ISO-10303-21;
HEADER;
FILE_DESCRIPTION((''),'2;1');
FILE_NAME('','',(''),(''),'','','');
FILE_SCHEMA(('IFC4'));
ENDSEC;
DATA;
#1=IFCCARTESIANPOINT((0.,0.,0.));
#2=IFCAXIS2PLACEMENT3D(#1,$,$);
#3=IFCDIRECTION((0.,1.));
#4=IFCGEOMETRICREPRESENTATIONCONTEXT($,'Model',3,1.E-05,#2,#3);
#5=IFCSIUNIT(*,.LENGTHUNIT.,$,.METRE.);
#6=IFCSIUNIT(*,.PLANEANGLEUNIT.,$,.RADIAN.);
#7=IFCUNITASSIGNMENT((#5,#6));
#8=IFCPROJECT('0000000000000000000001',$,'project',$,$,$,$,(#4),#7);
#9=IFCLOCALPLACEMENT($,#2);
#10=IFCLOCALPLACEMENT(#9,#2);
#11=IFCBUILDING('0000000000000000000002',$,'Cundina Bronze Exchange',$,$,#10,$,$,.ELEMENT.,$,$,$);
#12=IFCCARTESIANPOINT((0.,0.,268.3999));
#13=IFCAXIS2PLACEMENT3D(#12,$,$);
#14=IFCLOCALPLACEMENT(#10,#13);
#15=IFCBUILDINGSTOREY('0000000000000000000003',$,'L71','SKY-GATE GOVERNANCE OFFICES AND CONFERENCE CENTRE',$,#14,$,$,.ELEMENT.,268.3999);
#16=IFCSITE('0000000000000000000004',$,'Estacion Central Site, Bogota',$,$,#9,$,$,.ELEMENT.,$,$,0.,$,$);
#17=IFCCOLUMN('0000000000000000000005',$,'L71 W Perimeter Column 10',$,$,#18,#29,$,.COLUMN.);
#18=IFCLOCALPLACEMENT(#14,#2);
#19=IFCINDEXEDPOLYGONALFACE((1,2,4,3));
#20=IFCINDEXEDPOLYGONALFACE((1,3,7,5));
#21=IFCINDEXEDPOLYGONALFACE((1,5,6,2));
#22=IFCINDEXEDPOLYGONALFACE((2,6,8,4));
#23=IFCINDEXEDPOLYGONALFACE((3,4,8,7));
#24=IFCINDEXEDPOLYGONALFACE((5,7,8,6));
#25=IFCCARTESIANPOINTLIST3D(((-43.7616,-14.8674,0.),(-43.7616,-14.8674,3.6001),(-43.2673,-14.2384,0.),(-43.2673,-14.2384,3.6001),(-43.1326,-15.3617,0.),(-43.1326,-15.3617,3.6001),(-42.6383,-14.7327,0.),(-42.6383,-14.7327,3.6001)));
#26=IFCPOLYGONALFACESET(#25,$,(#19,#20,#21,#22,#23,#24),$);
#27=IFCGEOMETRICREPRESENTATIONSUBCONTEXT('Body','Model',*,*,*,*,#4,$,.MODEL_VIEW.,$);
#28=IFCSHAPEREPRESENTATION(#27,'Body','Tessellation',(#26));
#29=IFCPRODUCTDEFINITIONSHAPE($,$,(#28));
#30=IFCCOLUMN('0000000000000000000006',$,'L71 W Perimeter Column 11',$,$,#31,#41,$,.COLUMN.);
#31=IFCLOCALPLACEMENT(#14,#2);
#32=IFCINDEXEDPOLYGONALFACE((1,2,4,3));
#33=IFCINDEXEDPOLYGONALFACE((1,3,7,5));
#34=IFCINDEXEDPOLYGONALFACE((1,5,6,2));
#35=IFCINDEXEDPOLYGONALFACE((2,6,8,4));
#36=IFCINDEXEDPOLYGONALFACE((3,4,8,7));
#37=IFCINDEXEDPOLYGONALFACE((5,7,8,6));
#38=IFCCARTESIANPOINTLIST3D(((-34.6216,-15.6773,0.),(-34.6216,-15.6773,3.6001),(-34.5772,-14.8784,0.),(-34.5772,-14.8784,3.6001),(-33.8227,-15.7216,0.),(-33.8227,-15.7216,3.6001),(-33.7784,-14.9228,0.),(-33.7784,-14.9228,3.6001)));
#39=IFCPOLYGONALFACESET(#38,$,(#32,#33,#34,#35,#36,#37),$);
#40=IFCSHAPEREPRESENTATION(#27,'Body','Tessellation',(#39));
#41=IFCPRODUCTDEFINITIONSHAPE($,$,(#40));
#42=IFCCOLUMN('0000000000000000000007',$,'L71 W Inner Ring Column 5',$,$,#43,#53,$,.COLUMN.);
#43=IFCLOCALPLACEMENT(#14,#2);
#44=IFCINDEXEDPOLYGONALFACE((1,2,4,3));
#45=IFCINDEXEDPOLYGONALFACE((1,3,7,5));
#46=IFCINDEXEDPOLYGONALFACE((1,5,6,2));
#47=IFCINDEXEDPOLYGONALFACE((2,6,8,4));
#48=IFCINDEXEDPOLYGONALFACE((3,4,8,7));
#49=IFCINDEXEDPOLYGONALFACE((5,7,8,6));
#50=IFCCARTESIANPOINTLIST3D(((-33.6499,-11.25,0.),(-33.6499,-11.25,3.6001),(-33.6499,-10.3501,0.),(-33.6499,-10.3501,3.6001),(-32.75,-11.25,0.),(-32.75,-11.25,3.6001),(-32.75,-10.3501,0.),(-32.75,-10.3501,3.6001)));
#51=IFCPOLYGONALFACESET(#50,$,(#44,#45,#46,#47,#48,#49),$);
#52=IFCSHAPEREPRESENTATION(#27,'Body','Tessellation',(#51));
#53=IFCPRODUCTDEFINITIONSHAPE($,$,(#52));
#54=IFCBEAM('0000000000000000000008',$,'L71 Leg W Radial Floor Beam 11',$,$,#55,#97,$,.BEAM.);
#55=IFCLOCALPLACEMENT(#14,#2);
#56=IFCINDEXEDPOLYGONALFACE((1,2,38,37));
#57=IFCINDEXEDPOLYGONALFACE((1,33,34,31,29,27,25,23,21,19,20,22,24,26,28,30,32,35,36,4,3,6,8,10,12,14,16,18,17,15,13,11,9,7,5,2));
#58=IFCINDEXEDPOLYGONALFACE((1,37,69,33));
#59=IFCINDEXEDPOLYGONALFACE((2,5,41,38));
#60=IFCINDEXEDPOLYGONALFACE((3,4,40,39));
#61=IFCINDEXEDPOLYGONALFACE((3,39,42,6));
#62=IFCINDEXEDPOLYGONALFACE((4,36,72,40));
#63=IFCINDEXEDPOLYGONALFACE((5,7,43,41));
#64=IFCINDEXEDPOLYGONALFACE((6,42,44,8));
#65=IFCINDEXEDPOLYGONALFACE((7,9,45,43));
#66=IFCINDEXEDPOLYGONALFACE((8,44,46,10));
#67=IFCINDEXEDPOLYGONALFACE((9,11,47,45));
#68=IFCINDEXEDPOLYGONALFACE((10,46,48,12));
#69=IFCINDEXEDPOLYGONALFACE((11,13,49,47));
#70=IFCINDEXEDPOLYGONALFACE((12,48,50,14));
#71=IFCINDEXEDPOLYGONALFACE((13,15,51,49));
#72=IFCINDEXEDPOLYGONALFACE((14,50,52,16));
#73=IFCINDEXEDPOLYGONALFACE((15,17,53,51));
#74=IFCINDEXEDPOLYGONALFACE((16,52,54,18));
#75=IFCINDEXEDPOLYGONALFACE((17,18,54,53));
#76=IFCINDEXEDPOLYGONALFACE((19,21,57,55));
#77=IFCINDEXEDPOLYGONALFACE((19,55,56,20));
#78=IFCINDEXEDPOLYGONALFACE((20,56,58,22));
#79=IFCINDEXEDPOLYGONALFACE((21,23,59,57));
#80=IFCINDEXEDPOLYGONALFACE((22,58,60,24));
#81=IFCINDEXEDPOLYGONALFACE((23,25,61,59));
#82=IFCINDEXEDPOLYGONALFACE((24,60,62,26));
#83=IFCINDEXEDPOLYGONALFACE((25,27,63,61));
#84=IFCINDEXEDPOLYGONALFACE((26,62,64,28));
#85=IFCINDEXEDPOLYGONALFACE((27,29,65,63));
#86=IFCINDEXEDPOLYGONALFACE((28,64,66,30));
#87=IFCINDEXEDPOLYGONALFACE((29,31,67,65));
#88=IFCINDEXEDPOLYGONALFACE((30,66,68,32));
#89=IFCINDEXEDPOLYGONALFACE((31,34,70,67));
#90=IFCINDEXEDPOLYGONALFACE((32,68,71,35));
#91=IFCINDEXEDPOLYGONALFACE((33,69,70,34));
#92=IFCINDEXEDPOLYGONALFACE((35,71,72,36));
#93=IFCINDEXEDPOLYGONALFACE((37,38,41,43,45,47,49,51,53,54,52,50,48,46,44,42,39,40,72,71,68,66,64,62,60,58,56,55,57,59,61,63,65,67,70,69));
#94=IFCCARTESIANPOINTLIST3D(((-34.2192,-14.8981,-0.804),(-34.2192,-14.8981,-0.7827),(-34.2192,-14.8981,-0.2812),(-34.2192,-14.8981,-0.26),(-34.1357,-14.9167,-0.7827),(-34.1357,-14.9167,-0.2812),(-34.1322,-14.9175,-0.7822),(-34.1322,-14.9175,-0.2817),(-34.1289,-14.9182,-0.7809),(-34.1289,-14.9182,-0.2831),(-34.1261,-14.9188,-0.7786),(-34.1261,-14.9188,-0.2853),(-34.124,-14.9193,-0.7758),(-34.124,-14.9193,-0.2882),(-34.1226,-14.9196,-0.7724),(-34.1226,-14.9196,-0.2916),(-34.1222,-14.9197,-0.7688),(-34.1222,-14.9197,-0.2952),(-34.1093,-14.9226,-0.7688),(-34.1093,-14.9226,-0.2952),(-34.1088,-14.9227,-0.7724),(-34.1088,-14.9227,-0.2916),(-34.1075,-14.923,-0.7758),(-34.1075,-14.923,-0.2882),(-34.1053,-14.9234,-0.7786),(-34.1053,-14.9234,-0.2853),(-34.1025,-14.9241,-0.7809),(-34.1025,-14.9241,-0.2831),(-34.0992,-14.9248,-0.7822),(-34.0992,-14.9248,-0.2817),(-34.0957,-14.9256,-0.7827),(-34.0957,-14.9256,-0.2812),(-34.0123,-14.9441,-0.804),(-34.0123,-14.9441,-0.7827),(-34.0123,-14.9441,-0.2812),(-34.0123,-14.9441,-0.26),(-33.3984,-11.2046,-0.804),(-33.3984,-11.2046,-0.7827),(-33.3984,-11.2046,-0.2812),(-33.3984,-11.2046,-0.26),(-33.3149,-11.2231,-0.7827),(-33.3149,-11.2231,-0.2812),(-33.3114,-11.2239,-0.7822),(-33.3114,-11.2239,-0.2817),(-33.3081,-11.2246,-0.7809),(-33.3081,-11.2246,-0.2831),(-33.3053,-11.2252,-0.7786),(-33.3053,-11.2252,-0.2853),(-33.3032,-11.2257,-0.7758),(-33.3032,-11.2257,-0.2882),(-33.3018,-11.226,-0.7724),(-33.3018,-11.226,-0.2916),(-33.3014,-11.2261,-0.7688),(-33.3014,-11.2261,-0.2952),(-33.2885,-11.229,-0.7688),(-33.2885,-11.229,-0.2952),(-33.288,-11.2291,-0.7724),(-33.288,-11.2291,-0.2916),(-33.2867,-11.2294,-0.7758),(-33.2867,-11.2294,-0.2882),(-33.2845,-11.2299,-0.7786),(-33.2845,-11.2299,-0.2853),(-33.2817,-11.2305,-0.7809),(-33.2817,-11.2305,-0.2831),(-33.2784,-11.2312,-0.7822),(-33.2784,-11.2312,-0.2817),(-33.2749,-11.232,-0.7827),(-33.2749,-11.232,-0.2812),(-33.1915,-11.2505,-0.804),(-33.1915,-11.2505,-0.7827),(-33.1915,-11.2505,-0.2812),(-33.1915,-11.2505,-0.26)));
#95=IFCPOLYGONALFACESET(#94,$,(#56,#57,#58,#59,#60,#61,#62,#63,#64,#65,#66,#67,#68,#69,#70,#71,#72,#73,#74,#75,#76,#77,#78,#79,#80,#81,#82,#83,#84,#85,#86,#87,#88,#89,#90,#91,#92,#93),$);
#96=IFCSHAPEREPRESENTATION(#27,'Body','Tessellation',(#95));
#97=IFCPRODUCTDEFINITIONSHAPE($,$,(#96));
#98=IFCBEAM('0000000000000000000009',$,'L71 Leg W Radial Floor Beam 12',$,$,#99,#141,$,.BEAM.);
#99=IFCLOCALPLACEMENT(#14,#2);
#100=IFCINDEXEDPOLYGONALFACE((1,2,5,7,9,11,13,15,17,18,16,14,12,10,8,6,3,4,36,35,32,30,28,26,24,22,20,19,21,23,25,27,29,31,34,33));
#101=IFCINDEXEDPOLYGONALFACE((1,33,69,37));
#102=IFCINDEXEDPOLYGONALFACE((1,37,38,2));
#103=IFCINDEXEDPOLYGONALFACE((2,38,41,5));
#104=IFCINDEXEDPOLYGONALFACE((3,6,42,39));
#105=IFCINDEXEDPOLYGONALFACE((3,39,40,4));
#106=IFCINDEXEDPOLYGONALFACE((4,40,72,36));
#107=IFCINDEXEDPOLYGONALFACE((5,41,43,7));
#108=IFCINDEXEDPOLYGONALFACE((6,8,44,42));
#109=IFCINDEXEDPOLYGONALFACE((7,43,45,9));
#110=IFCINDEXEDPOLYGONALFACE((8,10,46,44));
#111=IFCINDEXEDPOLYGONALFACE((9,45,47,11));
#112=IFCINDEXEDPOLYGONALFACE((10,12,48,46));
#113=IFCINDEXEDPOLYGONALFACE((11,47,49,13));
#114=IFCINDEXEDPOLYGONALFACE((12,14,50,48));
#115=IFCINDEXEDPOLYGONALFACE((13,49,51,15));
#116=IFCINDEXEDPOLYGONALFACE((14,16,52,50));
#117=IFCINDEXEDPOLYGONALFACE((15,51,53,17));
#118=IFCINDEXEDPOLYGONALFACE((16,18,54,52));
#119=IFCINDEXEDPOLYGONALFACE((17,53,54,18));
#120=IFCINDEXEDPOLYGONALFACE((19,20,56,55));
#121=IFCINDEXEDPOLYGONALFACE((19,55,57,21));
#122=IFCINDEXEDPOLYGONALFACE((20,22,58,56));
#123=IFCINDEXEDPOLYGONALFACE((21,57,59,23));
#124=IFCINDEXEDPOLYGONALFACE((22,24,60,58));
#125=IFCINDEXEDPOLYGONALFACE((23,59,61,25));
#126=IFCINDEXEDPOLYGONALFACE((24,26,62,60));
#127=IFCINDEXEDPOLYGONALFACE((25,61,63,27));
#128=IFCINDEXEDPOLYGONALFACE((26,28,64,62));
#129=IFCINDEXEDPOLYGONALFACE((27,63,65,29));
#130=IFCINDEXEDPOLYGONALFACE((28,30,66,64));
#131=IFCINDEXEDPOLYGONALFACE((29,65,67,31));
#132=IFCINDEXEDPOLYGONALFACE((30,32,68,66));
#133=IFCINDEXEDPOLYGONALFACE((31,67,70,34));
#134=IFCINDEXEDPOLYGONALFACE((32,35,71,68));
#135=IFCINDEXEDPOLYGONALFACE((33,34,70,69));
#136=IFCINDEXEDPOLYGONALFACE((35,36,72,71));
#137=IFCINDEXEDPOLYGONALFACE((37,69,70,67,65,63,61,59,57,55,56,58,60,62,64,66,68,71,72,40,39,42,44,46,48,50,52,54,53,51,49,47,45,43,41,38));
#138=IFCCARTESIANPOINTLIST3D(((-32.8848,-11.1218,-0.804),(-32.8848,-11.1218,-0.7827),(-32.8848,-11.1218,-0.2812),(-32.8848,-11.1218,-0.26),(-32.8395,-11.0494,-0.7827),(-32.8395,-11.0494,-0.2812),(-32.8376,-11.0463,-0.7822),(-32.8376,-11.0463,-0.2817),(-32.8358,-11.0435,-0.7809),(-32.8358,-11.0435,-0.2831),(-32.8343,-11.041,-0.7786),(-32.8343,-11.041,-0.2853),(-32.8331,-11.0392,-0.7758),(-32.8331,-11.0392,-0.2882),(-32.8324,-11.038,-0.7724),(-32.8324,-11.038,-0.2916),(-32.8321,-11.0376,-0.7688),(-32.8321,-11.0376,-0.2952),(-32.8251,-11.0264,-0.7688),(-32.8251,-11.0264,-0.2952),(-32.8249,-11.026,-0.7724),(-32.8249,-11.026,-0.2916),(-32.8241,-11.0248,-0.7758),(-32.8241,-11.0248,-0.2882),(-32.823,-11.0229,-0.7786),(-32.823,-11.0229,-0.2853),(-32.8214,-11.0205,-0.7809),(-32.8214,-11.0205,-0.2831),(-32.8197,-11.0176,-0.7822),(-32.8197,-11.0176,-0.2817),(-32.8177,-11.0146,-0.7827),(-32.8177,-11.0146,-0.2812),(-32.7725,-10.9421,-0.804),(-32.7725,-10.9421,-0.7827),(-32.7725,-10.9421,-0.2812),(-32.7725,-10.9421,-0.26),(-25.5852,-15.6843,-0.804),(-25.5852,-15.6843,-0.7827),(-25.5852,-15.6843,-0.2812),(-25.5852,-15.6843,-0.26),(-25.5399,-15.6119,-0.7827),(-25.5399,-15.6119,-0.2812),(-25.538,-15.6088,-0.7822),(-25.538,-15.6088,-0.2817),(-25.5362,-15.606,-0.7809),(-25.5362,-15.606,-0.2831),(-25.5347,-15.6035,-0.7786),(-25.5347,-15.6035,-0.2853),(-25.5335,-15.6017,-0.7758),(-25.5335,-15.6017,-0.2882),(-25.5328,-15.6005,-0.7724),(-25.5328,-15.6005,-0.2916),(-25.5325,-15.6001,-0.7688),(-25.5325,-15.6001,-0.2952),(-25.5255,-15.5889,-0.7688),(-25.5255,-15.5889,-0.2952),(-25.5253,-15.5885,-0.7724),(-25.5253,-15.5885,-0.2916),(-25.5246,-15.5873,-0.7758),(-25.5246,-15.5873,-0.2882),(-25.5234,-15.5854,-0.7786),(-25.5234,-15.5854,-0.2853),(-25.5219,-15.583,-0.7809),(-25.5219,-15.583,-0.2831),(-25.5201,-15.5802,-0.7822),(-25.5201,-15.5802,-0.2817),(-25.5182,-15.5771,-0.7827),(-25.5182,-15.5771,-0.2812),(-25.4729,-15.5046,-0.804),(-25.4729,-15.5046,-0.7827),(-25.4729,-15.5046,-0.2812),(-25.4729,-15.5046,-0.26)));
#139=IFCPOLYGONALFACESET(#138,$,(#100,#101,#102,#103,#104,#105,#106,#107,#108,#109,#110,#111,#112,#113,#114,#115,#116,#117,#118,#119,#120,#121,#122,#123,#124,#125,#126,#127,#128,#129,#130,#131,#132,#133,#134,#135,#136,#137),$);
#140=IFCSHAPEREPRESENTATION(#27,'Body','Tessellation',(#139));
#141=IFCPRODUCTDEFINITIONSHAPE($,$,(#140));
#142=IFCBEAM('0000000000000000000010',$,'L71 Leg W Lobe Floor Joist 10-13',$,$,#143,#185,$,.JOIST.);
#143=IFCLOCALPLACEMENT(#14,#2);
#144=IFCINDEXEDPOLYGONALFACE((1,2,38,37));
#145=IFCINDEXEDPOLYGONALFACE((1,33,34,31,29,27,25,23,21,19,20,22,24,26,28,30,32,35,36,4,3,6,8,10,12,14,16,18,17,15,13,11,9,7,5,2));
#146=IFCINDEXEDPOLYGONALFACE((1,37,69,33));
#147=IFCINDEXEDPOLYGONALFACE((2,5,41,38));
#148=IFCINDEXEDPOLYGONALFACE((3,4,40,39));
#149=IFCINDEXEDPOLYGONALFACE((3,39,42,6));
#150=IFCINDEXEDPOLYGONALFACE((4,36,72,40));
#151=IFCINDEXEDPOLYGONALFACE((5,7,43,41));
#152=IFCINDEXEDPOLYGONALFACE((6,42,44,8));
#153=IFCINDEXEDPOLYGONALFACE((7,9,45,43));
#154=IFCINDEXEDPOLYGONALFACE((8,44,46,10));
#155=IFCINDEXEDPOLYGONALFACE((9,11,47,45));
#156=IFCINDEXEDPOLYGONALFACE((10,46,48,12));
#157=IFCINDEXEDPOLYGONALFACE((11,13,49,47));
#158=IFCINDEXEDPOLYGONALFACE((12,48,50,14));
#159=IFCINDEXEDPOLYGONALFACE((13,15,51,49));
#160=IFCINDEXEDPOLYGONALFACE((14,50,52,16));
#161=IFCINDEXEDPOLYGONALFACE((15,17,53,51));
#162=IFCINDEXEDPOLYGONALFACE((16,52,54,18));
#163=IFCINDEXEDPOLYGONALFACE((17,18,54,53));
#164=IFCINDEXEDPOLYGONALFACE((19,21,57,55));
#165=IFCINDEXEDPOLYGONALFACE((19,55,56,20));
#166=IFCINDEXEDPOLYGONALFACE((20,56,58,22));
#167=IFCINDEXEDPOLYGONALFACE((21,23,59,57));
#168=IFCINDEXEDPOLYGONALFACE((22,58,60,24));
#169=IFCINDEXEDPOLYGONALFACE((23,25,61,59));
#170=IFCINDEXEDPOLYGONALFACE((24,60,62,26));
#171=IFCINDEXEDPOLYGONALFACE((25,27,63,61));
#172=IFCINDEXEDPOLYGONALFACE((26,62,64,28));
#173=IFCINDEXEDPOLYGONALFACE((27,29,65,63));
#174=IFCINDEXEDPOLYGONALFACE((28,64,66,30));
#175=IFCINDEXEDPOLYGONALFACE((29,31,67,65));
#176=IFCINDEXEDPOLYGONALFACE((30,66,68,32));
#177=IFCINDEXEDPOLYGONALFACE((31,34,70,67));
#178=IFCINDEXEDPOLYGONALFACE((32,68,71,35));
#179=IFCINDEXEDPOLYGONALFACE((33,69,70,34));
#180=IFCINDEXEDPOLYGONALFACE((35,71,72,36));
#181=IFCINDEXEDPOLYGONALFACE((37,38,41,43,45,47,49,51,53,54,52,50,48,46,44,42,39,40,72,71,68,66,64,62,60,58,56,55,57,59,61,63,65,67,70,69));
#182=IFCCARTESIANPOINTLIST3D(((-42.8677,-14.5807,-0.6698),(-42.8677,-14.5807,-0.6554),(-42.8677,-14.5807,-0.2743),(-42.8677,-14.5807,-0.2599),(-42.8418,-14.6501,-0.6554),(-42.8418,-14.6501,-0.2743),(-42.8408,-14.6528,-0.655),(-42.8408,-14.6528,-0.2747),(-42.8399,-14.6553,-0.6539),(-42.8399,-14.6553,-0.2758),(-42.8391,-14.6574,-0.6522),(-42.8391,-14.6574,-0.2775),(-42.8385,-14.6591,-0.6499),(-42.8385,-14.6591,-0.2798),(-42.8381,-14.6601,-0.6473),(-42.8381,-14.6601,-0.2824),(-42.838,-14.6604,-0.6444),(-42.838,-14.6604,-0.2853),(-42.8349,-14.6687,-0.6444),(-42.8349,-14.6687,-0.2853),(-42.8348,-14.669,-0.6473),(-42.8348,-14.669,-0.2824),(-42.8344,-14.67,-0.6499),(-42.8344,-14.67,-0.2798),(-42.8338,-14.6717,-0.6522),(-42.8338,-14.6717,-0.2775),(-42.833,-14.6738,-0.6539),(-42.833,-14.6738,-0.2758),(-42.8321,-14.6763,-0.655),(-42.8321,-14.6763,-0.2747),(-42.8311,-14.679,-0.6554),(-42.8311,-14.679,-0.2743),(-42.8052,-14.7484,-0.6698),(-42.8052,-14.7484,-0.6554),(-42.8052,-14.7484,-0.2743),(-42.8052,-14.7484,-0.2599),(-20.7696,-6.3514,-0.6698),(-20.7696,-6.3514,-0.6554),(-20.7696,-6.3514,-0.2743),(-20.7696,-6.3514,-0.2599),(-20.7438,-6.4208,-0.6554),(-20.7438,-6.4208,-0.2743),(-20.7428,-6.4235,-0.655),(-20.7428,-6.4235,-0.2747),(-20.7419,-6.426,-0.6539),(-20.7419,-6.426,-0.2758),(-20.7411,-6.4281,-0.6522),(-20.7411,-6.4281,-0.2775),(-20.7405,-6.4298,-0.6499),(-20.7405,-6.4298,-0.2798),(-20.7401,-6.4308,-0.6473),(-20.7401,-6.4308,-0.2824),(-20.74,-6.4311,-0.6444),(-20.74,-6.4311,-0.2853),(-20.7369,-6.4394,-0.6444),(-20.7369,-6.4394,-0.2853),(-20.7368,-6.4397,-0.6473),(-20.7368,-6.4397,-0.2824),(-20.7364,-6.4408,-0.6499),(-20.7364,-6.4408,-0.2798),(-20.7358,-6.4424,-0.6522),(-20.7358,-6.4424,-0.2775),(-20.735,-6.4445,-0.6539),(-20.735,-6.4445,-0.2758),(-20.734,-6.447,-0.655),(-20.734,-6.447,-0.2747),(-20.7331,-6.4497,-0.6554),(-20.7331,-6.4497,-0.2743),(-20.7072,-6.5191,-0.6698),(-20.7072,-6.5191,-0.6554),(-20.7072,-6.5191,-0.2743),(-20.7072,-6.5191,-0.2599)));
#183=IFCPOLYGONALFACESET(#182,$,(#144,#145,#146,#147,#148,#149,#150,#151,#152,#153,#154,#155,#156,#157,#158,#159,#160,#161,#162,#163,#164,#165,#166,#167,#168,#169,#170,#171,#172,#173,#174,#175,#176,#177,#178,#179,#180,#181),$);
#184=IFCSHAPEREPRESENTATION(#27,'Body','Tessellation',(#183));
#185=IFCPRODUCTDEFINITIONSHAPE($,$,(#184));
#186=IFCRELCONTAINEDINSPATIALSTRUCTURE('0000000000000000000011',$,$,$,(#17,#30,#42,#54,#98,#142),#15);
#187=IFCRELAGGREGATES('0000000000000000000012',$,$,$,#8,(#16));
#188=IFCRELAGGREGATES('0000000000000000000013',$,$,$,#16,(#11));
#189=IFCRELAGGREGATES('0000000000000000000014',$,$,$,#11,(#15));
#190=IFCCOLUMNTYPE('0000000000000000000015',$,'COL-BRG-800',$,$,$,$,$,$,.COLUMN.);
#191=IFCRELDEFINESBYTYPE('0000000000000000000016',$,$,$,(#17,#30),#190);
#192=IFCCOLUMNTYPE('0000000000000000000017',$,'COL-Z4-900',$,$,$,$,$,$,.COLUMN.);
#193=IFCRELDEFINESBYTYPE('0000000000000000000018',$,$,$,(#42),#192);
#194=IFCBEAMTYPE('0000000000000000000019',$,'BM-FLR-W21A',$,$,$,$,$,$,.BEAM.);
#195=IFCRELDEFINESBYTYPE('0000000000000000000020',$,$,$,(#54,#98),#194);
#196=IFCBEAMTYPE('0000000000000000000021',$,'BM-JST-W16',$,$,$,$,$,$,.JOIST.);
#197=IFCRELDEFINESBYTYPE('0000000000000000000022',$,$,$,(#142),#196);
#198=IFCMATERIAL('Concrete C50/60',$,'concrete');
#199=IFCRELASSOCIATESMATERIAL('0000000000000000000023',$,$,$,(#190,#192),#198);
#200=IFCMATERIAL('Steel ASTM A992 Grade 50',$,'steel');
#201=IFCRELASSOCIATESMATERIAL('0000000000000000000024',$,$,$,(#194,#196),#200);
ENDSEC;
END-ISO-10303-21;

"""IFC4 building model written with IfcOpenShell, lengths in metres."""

from ifc_helpers import new_model, si_unit, direction, frame, origin, origin_2d, place, context, subcontext, project, spatial, rectangle, i_section, extrude, material, material_profile, profile_set, type_object, element, save


model = new_model("IFC4")

# Units and contexts
model_context = context("Model", 3, precision=1e-05, world=origin(), true_north=direction((0.0, 1.0)))
body_context = subcontext(model_context, "Body", "Model", "MODEL_VIEW")
ifc_project = project(units=[si_unit("LENGTHUNIT", "METRE"), si_unit("PLANEANGLEUNIT", "RADIAN")], contexts=[model_context])

# Site, building, storey
site_placement = place(None, origin())
site = spatial("IfcSite", under=ifc_project, at=site_placement, Name="Estacion Central Site, Bogota", CompositionType="ELEMENT", RefElevation=0.0)
building_placement = place(site_placement, origin())
building = spatial("IfcBuilding", under=site, at=building_placement, Name="Cundina Bronze Exchange", CompositionType="ELEMENT")
storey_placement = place(building_placement, frame((0.0, 0.0, 268.3999)))
storey = spatial("IfcBuildingStorey", under=building, at=storey_placement, Name="L71", Description="SKY-GATE GOVERNANCE OFFICES AND CONFERENCE CENTRE", CompositionType="ELEMENT", Elevation=268.3999)

# Columns
ifc_material_1 = material(Name="Concrete C50/60", Category="concrete")
ifc_material_profile_1 = material_profile(ifc_material_1, rectangle(XDim=0.8, YDim=0.8, at=origin_2d()), Name="RC800X800", Category="concrete")
ifc_profile_set_1 = profile_set([ifc_material_profile_1], Name="Concrete C50/60")
column_type_1 = type_object("IfcColumnType", Name="COL-BRG-800", PredefinedType="COLUMN", material=ifc_profile_set_1)
for number, where, z_axis, x_axis, name in (
    (1, (-43.2, -14.8, 0.0), (0.0, 0.0, 1.0), (0.786288, -0.61786, 0.0), "L71 W Perimeter Column 10"),
    (2, (-34.2, -15.3, 0.0), (0.0, 0.0, 1.0), (0.99846, -0.055473, 0.0), "L71 W Perimeter Column 11"),
):
    element("IfcColumn", number, at=place(storey_placement, frame(where, z_axis=z_axis, x_axis=x_axis)), inside=storey, type_object=column_type_1, Name=name, PredefinedType="COLUMN", context=body_context, shape_type="SweptSolid", body=[
        extrude(rectangle(XDim=0.8, YDim=0.8, at=origin_2d()), origin(), (0.0, 0.0, 1.0), 3.6001),
    ])
ifc_material_profile_2 = material_profile(ifc_material_1, rectangle(XDim=0.8999, YDim=0.8999, at=origin_2d()), Name="RC900X900", Category="concrete")
ifc_profile_set_2 = profile_set([ifc_material_profile_2], Name="Concrete C50/60")
column_type_2 = type_object("IfcColumnType", Name="COL-Z4-900", PredefinedType="COLUMN", material=ifc_profile_set_2)
column_placement = place(storey_placement, frame((-33.2, -10.8, 0.0), z_axis=(0.0, 0.0, 1.0), x_axis=(1.0, 0.0, 0.0)))
element("IfcColumn", 3, at=column_placement, inside=storey, type_object=column_type_2, Name="L71 W Inner Ring Column 5", PredefinedType="COLUMN", context=body_context, shape_type="SweptSolid", body=[
    extrude(rectangle(XDim=0.8999, YDim=0.8999, at=origin_2d()), origin(), (0.0, 0.0, 1.0), 3.6001),
])

# Beams
ifc_material_2 = material(Name="Steel ASTM A992 Grade 50", Category="steel")
ifc_material_profile_3 = material_profile(ifc_material_2, i_section(OverallWidth=0.2119, OverallDepth=0.5439, WebThickness=0.0132, FlangeThickness=0.0212, FilletRadius=0.0139, at=origin_2d()), Name="W21X83", Category="steel")
ifc_profile_set_3 = profile_set([ifc_material_profile_3], Name="Steel ASTM A992 Grade 50")
beam_type_1 = type_object("IfcBeamType", Name="BM-FLR-W21A", PredefinedType="BEAM", material=ifc_profile_set_3)
beam_1_placement = place(storey_placement, frame((-33.2949, -11.2275, -0.532), z_axis=(-0.21693, -0.976187, 0.0), x_axis=(0.976187, -0.21693, 0.0)))
element("IfcBeam", 4, at=beam_1_placement, inside=storey, type_object=beam_type_1, Name="L71 Leg W Radial Floor Beam 11", PredefinedType="BEAM", context=body_context, shape_type="SweptSolid", body=[
    extrude(i_section(OverallWidth=0.2119, OverallDepth=0.5439, WebThickness=0.0132, FlangeThickness=0.0212, FilletRadius=0.0139, at=origin_2d()), origin(), (0.0, 0.0, 1.0), 3.7837),
])
beam_2_placement = place(storey_placement, frame((-32.8286, -11.032, -0.532), z_axis=(0.847984, -0.530022, 0.0), x_axis=(0.530022, 0.847984, 0.0)))
element("IfcBeam", 5, at=beam_2_placement, inside=storey, type_object=beam_type_1, Name="L71 Leg W Radial Floor Beam 12", PredefinedType="BEAM", context=body_context, shape_type="SweptSolid", body=[
    extrude(i_section(OverallWidth=0.2119, OverallDepth=0.5439, WebThickness=0.0132, FlangeThickness=0.0212, FilletRadius=0.0139, at=origin_2d()), origin(), (0.0, 0.0, 1.0), 8.6082),
])
ifc_material_profile_4 = material_profile(ifc_material_2, i_section(OverallWidth=0.179, OverallDepth=0.4099, WebThickness=0.0088, FlangeThickness=0.0144, FilletRadius=0.011, at=origin_2d()), Name="W16X45", Category="steel")
ifc_profile_set_4 = profile_set([ifc_material_profile_4], Name="Steel ASTM A992 Grade 50")
beam_type_2 = type_object("IfcBeamType", Name="BM-JST-W16", PredefinedType="JOIST", material=ifc_profile_set_4)
beam_3_placement = place(storey_placement, frame((-42.8364, -14.6646, -0.4648), z_axis=(0.937128, 0.348986, 0.0), x_axis=(-0.348986, 0.937128, 0.0)))
element("IfcBeam", 6, at=beam_3_placement, inside=storey, type_object=beam_type_2, Name="L71 Leg W Lobe Floor Joist 10-13", PredefinedType="JOIST", context=body_context, shape_type="SweptSolid", body=[
    extrude(i_section(OverallWidth=0.179, OverallDepth=0.4099, WebThickness=0.0088, FlangeThickness=0.0144, FilletRadius=0.011, at=origin_2d()), origin(), (0.0, 0.0, 1.0), 23.5806),
])

save(model, "model.ifc")
